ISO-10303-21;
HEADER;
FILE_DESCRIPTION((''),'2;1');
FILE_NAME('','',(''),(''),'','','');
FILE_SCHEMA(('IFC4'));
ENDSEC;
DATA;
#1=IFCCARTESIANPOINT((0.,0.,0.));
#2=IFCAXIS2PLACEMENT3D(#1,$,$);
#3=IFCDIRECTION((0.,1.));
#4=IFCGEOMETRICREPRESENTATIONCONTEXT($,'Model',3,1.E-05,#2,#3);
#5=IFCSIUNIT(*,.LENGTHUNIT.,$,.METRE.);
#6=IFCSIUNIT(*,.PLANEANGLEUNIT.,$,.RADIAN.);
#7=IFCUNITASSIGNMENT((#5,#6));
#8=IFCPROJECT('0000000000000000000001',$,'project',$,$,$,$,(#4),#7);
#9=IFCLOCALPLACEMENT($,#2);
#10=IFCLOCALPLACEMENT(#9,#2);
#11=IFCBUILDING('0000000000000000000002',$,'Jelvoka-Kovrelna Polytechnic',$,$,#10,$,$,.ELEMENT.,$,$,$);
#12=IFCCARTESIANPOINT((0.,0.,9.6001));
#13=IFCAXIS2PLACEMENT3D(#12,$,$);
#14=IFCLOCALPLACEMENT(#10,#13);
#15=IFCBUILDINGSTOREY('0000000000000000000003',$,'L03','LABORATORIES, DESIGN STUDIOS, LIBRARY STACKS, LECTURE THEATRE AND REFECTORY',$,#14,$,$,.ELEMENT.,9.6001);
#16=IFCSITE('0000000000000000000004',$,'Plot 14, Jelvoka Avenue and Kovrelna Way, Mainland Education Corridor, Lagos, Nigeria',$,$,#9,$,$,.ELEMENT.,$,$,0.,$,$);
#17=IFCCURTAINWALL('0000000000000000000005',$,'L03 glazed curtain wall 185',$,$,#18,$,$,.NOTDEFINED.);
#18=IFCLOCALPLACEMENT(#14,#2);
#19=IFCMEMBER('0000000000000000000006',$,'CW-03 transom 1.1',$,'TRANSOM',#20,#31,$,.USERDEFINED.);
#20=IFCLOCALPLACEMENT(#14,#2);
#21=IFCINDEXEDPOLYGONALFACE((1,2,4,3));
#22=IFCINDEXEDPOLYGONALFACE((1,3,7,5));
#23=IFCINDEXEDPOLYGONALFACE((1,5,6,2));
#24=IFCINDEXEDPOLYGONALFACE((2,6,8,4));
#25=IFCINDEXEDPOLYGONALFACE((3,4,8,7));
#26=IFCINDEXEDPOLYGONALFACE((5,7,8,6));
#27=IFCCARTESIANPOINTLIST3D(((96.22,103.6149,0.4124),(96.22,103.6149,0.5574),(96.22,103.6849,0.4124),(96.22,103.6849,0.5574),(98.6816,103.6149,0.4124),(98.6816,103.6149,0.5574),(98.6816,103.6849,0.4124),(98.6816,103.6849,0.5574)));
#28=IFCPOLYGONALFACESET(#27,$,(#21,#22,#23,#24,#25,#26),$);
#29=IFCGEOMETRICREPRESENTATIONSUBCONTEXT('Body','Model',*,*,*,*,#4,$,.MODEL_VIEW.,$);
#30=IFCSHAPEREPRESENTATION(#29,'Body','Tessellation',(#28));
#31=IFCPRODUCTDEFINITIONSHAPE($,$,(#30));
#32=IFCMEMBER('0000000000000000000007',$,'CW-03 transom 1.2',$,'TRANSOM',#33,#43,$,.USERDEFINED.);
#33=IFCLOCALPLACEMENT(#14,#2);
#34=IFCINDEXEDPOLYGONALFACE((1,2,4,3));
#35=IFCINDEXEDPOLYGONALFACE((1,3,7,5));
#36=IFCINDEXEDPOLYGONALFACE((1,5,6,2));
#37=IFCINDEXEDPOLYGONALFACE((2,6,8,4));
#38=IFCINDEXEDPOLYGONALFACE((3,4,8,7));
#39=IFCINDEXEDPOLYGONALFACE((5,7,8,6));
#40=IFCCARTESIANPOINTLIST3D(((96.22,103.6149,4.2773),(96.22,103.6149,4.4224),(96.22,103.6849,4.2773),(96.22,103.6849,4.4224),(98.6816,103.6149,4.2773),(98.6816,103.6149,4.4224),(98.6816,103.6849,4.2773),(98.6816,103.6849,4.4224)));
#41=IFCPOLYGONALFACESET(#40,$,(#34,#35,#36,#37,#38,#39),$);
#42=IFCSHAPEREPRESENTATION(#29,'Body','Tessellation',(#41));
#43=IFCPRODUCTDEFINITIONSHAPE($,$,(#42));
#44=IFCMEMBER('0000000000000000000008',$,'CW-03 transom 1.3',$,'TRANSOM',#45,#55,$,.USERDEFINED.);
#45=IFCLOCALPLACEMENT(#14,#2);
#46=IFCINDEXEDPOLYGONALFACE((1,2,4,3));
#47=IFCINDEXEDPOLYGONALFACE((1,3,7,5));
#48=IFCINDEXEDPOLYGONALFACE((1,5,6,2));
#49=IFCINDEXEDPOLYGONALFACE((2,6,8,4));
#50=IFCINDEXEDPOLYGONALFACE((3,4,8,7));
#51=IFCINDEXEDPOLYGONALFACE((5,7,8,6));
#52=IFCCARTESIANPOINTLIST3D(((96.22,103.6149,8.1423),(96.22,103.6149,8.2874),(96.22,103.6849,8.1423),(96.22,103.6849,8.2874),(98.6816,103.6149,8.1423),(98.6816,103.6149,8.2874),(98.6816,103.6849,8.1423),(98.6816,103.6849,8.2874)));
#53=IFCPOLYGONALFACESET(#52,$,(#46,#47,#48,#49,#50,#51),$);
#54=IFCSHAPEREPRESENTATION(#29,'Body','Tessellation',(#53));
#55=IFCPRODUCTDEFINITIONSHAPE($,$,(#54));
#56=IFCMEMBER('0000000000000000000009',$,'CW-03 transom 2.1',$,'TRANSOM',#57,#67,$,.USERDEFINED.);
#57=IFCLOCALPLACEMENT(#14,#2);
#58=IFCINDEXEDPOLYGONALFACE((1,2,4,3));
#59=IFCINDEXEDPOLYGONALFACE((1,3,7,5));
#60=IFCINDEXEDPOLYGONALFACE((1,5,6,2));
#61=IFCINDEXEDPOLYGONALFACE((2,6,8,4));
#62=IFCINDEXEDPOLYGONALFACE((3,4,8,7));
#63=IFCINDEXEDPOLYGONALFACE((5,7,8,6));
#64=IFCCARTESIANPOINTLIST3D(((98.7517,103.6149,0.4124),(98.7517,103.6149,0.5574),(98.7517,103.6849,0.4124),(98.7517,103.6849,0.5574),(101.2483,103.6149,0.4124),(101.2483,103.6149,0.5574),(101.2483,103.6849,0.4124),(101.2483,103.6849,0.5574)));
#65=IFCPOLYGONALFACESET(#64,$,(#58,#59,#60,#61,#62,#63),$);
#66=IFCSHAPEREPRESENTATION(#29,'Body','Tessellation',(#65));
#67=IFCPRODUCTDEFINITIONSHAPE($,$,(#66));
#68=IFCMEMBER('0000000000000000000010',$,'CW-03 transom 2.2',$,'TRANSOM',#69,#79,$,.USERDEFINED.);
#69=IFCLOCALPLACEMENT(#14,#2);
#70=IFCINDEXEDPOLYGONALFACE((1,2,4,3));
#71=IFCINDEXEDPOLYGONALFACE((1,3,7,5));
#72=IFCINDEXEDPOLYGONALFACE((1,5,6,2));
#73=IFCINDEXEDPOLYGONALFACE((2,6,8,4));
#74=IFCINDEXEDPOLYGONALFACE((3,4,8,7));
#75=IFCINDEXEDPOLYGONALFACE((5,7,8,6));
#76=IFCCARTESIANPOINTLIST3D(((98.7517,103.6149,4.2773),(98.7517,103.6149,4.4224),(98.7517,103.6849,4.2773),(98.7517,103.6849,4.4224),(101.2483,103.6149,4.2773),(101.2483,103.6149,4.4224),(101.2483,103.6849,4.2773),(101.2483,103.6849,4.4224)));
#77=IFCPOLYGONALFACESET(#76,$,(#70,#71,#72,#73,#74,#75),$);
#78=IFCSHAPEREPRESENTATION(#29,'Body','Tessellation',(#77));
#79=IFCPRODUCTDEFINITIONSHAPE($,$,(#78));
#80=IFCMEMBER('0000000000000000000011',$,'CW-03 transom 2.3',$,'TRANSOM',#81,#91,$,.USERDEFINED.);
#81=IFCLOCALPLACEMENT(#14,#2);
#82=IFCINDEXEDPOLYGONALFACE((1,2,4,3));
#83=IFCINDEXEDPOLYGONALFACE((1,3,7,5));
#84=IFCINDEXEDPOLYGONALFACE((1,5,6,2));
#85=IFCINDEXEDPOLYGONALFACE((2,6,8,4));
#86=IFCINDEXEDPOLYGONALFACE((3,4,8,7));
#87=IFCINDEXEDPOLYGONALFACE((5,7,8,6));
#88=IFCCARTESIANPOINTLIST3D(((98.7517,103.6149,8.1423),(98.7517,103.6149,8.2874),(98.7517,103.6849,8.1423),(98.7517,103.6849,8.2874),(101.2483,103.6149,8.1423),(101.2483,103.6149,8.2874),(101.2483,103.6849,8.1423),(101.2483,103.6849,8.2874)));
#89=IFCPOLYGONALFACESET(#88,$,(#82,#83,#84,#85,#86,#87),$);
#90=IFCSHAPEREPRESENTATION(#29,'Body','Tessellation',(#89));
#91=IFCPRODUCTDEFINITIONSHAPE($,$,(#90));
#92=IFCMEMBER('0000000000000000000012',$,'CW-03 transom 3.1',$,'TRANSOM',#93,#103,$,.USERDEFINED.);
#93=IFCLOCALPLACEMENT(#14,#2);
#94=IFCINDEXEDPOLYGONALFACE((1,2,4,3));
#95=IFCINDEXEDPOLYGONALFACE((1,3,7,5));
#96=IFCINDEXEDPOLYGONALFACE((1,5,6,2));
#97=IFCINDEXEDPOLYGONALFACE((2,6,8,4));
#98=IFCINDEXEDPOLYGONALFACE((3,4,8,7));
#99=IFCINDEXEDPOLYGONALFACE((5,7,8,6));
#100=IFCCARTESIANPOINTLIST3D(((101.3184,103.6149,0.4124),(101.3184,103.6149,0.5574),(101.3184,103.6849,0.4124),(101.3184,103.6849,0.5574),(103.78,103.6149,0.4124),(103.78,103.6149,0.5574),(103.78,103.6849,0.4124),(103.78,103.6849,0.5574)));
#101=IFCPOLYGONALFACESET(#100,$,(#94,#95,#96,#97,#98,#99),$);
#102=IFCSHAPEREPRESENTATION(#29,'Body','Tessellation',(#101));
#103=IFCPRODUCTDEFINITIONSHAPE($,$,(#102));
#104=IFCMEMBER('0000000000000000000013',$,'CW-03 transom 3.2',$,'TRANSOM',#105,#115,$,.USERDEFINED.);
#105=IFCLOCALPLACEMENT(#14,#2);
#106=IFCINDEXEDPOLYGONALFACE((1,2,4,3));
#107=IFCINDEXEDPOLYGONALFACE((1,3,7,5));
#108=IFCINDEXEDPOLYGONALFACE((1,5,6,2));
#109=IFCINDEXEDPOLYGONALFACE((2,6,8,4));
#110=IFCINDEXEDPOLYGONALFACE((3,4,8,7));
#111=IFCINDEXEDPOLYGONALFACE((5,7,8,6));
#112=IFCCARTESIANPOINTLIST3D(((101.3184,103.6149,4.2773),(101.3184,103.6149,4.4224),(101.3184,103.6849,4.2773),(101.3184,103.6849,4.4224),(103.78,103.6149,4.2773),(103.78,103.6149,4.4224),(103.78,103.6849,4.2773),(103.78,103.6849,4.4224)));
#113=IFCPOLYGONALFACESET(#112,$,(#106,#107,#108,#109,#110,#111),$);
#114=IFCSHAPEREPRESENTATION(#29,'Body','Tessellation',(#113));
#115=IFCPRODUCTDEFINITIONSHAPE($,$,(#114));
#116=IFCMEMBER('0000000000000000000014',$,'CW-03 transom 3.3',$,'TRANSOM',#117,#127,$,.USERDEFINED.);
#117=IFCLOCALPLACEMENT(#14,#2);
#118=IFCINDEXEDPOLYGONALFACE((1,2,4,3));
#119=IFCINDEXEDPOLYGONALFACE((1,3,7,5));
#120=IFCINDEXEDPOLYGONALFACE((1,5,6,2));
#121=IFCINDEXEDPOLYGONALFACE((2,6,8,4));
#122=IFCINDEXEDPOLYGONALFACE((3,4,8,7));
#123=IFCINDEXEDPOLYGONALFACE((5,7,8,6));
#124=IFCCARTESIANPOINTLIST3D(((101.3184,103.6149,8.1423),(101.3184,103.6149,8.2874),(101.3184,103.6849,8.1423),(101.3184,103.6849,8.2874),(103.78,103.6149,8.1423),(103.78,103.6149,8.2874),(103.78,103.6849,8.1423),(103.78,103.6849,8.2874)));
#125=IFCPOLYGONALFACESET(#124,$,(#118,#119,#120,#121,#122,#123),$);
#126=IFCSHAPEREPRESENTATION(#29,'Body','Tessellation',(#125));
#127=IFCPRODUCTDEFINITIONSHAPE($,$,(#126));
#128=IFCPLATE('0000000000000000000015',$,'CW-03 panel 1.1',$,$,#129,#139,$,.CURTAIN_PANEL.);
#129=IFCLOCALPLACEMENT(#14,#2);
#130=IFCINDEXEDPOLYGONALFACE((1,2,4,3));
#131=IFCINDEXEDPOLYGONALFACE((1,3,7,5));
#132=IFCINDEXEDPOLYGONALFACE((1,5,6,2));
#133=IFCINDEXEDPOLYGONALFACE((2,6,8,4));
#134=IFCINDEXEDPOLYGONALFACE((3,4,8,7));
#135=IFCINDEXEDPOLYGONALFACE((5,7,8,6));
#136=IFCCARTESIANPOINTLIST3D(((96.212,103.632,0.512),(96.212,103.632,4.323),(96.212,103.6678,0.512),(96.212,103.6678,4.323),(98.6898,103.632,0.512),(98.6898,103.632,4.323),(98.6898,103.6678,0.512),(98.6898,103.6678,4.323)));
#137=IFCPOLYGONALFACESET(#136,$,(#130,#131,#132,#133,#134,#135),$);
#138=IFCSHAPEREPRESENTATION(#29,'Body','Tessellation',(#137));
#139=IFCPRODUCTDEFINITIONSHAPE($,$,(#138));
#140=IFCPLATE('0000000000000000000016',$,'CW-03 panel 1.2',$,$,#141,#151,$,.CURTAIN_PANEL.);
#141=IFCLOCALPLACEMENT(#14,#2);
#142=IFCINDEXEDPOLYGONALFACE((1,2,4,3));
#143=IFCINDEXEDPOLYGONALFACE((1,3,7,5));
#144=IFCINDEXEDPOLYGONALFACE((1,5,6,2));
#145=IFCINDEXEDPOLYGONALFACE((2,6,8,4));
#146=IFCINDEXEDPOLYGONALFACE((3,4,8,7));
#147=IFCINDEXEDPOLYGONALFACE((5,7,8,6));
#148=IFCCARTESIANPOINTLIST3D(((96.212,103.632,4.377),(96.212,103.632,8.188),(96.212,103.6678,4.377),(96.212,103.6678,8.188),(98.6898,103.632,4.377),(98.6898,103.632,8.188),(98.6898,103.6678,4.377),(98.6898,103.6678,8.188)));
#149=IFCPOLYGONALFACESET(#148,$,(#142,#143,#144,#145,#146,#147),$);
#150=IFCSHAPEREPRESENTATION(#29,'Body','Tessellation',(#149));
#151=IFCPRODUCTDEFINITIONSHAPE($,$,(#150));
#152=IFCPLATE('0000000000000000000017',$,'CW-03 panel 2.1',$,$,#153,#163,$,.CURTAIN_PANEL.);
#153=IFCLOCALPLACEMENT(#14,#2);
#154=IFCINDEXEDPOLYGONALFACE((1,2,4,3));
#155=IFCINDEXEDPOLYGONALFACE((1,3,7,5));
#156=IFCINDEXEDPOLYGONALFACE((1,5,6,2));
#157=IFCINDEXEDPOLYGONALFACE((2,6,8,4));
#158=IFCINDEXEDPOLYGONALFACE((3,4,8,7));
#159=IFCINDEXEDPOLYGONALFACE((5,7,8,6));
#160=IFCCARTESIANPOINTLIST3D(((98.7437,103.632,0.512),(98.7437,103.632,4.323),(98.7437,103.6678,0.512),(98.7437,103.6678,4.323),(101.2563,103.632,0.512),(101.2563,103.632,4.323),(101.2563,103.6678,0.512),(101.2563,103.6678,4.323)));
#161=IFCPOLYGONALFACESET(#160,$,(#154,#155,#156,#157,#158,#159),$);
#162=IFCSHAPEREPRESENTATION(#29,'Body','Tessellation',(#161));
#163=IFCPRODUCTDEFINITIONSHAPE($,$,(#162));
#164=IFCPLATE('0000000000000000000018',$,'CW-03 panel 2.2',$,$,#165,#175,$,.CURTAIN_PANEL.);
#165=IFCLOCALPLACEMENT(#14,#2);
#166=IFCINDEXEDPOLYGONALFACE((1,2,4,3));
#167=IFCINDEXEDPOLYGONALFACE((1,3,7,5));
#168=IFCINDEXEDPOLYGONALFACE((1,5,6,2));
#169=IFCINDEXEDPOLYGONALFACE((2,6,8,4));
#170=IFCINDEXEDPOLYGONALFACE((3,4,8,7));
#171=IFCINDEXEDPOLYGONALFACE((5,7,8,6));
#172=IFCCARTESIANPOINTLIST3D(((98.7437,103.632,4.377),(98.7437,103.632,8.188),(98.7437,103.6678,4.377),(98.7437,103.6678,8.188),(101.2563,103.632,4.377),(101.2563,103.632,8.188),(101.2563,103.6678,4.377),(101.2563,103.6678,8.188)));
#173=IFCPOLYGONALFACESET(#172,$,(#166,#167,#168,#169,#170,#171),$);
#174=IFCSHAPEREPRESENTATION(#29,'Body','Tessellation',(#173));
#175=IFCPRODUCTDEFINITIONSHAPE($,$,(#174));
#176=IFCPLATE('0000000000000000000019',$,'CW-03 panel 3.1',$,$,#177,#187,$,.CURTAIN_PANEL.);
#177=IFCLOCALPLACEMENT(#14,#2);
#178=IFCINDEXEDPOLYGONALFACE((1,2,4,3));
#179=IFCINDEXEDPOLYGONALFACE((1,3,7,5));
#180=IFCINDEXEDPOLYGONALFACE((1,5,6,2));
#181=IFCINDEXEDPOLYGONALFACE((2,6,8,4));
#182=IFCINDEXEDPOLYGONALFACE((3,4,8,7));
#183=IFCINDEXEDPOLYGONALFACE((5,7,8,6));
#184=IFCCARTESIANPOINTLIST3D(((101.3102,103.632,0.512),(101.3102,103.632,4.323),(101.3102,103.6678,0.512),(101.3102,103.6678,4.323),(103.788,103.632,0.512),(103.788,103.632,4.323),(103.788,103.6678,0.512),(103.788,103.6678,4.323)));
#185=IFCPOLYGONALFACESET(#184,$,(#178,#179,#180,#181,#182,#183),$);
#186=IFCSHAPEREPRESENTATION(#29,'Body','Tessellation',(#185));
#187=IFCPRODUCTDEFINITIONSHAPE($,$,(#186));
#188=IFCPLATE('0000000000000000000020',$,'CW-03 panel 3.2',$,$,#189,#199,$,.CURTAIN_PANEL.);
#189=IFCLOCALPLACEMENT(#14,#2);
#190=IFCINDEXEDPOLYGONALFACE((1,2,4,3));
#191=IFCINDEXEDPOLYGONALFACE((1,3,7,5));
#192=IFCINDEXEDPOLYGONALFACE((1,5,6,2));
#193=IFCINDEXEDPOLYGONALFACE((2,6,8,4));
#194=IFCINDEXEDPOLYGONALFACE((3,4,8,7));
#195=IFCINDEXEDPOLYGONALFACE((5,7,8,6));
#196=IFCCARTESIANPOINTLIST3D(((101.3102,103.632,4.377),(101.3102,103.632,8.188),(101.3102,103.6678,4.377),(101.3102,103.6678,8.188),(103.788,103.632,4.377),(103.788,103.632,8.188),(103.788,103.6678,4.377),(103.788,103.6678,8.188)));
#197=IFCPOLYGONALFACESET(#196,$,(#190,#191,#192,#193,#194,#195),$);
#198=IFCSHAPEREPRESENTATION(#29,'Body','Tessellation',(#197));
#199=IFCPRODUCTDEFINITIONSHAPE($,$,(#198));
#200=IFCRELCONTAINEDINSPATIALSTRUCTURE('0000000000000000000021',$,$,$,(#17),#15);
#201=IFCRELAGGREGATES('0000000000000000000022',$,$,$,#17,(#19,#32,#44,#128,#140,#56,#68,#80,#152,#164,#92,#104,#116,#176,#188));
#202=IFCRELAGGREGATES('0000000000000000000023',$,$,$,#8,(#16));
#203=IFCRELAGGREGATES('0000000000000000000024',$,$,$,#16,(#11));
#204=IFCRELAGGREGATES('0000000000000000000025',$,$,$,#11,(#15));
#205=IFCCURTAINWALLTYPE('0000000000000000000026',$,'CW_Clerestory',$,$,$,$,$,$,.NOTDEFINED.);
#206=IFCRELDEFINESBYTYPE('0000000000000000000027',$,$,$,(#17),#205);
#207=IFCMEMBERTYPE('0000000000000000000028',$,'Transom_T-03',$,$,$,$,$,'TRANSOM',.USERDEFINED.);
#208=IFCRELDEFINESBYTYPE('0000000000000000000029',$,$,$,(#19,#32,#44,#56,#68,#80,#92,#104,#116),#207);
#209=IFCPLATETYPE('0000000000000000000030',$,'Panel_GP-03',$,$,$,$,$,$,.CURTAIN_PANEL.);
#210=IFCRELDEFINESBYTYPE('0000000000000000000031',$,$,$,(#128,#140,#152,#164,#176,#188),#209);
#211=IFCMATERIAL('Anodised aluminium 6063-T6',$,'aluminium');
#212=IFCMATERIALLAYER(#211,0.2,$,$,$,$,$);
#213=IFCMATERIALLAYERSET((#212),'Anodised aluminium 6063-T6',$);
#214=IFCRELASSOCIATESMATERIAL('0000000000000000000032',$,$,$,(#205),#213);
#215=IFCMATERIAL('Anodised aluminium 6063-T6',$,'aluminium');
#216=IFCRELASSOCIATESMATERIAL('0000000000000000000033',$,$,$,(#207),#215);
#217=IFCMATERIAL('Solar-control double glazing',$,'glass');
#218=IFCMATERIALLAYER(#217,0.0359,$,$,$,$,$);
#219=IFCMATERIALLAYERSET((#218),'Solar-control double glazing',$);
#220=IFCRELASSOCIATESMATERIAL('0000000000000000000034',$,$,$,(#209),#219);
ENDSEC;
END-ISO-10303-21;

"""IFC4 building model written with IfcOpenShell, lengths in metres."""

from ifc_helpers import new_model, si_unit, direction, frame, origin, origin_2d, place, context, subcontext, project, spatial, rectangle, extrude, material, layer, layer_set, material_profile, profile_set, type_object, element, aggregate, save


model = new_model("IFC4")

# Units and contexts
model_context = context("Model", 3, precision=1e-05, world=origin(), true_north=direction((0.0, 1.0)))
body_context = subcontext(model_context, "Body", "Model", "MODEL_VIEW")
ifc_project = project(units=[si_unit("LENGTHUNIT", "METRE"), si_unit("PLANEANGLEUNIT", "RADIAN")], contexts=[model_context])

# Site, building, storey
site_placement = place(None, origin())
site = spatial("IfcSite", under=ifc_project, at=site_placement, Name="Plot 14, Jelvoka Avenue and Kovrelna Way, Mainland Education Corridor, Lagos, Nigeria", CompositionType="ELEMENT", RefElevation=0.0)
building_placement = place(site_placement, origin())
building = spatial("IfcBuilding", under=site, at=building_placement, Name="Jelvoka-Kovrelna Polytechnic", CompositionType="ELEMENT")
storey_placement = place(building_placement, frame((0.0, 0.0, 9.6001)))
storey = spatial("IfcBuildingStorey", under=building, at=storey_placement, Name="L03", Description="LABORATORIES, DESIGN STUDIOS, LIBRARY STACKS, LECTURE THEATRE AND REFECTORY", CompositionType="ELEMENT", Elevation=9.6001)

# Curtain wall
ifc_material_1 = material(Name="Anodised aluminium 6063-T6", Category="aluminium")
ifc_layer_1 = layer(ifc_material_1, 0.2)
ifc_layer_set_1 = layer_set([ifc_layer_1], Name="Anodised aluminium 6063-T6")
curtain_wall_type = type_object("IfcCurtainWallType", Name="CW_Clerestory", PredefinedType="NOTDEFINED", material=ifc_layer_set_1)
curtain_wall_placement = place(storey_placement, origin())
curtain_wall = element("IfcCurtainWall", 1, at=curtain_wall_placement, inside=storey, type_object=curtain_wall_type, Name="L03 glazed curtain wall 185", PredefinedType="NOTDEFINED")

# Members
ifc_material_2 = material(Name="Anodised aluminium 6063-T6", Category="aluminium")
ifc_material_profile_1 = material_profile(ifc_material_2, rectangle(XDim=0.0701, YDim=0.145, at=origin_2d()), Name="ALU 70x145")
ifc_profile_set_1 = profile_set([ifc_material_profile_1], Name="Anodised aluminium 6063-T6")
member_type_1 = type_object("IfcMemberType", Name="Transom_T-03", ElementType="TRANSOM", PredefinedType="USERDEFINED", material=ifc_profile_set_1)
member_1_placement = place(storey_placement, frame((96.22, 103.6499, 0.4849), z_axis=(1.0, 0.0, 0.0), x_axis=(0.0, 1.0, 0.0)))
member_1 = element("IfcMember", 2, at=member_1_placement, type_object=member_type_1, Name="CW-03 transom 1.1", ObjectType="TRANSOM", PredefinedType="USERDEFINED", context=body_context, shape_type="SweptSolid", body=[
    extrude(rectangle(XDim=0.0701, YDim=0.145, at=origin_2d()), origin(), (0.0, 0.0, 1.0), 2.4617),
])
member_2_placement = place(storey_placement, frame((96.22, 103.6499, 4.3499), z_axis=(1.0, 0.0, 0.0), x_axis=(0.0, 1.0, 0.0)))
member_2 = element("IfcMember", 3, at=member_2_placement, type_object=member_type_1, Name="CW-03 transom 1.2", ObjectType="TRANSOM", PredefinedType="USERDEFINED", context=body_context, shape_type="SweptSolid", body=[
    extrude(rectangle(XDim=0.0701, YDim=0.145, at=origin_2d()), origin(), (0.0, 0.0, 1.0), 2.4617),
])
member_3_placement = place(storey_placement, frame((96.22, 103.6499, 8.2148), z_axis=(1.0, 0.0, 0.0), x_axis=(0.0, 1.0, 0.0)))
member_3 = element("IfcMember", 4, at=member_3_placement, type_object=member_type_1, Name="CW-03 transom 1.3", ObjectType="TRANSOM", PredefinedType="USERDEFINED", context=body_context, shape_type="SweptSolid", body=[
    extrude(rectangle(XDim=0.0701, YDim=0.145, at=origin_2d()), origin(), (0.0, 0.0, 1.0), 2.4617),
])
member_4_placement = place(storey_placement, frame((98.7517, 103.6499, 0.4849), z_axis=(1.0, 0.0, 0.0), x_axis=(0.0, 1.0, 0.0)))
member_4 = element("IfcMember", 5, at=member_4_placement, type_object=member_type_1, Name="CW-03 transom 2.1", ObjectType="TRANSOM", PredefinedType="USERDEFINED", context=body_context, shape_type="SweptSolid", body=[
    extrude(rectangle(XDim=0.0701, YDim=0.145, at=origin_2d()), origin(), (0.0, 0.0, 1.0), 2.4966),
])
member_5_placement = place(storey_placement, frame((98.7517, 103.6499, 4.3499), z_axis=(1.0, 0.0, 0.0), x_axis=(0.0, 1.0, 0.0)))
member_5 = element("IfcMember", 6, at=member_5_placement, type_object=member_type_1, Name="CW-03 transom 2.2", ObjectType="TRANSOM", PredefinedType="USERDEFINED", context=body_context, shape_type="SweptSolid", body=[
    extrude(rectangle(XDim=0.0701, YDim=0.145, at=origin_2d()), origin(), (0.0, 0.0, 1.0), 2.4966),
])
member_6_placement = place(storey_placement, frame((98.7517, 103.6499, 8.2148), z_axis=(1.0, 0.0, 0.0), x_axis=(0.0, 1.0, 0.0)))
member_6 = element("IfcMember", 7, at=member_6_placement, type_object=member_type_1, Name="CW-03 transom 2.3", ObjectType="TRANSOM", PredefinedType="USERDEFINED", context=body_context, shape_type="SweptSolid", body=[
    extrude(rectangle(XDim=0.0701, YDim=0.145, at=origin_2d()), origin(), (0.0, 0.0, 1.0), 2.4966),
])
member_7_placement = place(storey_placement, frame((101.3184, 103.6499, 0.4849), z_axis=(1.0, 0.0, 0.0), x_axis=(0.0, 1.0, 0.0)))
member_7 = element("IfcMember", 8, at=member_7_placement, type_object=member_type_1, Name="CW-03 transom 3.1", ObjectType="TRANSOM", PredefinedType="USERDEFINED", context=body_context, shape_type="SweptSolid", body=[
    extrude(rectangle(XDim=0.0701, YDim=0.145, at=origin_2d()), origin(), (0.0, 0.0, 1.0), 2.4617),
])
member_8_placement = place(storey_placement, frame((101.3184, 103.6499, 4.3499), z_axis=(1.0, 0.0, 0.0), x_axis=(0.0, 1.0, 0.0)))
member_8 = element("IfcMember", 9, at=member_8_placement, type_object=member_type_1, Name="CW-03 transom 3.2", ObjectType="TRANSOM", PredefinedType="USERDEFINED", context=body_context, shape_type="SweptSolid", body=[
    extrude(rectangle(XDim=0.0701, YDim=0.145, at=origin_2d()), origin(), (0.0, 0.0, 1.0), 2.4617),
])
member_9_placement = place(storey_placement, frame((101.3184, 103.6499, 8.2148), z_axis=(1.0, 0.0, 0.0), x_axis=(0.0, 1.0, 0.0)))
member_9 = element("IfcMember", 10, at=member_9_placement, type_object=member_type_1, Name="CW-03 transom 3.3", ObjectType="TRANSOM", PredefinedType="USERDEFINED", context=body_context, shape_type="SweptSolid", body=[
    extrude(rectangle(XDim=0.0701, YDim=0.145, at=origin_2d()), origin(), (0.0, 0.0, 1.0), 2.4617),
])

# Plates
ifc_material_3 = material(Name="Solar-control double glazing", Category="glass")
ifc_layer_2 = layer(ifc_material_3, 0.0359)
ifc_layer_set_2 = layer_set([ifc_layer_2], Name="Solar-control double glazing")
plate_type_1 = type_object("IfcPlateType", Name="Panel_GP-03", PredefinedType="CURTAIN_PANEL", material=ifc_layer_set_2)
plate_1_placement = place(storey_placement, frame((97.4509, 103.6499, 0.512), z_axis=(0.0, 0.0, 1.0), x_axis=(1.0, 0.0, 0.0)))
plate_1 = element("IfcPlate", 11, at=plate_1_placement, type_object=plate_type_1, Name="CW-03 panel 1.1", PredefinedType="CURTAIN_PANEL", context=body_context, shape_type="SweptSolid", body=[
    extrude(rectangle(XDim=2.4778, YDim=0.0359, at=origin_2d()), origin(), (0.0, 0.0, 1.0), 3.811),
])
plate_2_placement = place(storey_placement, frame((97.4509, 103.6499, 4.377), z_axis=(0.0, 0.0, 1.0), x_axis=(1.0, 0.0, 0.0)))
plate_2 = element("IfcPlate", 12, at=plate_2_placement, type_object=plate_type_1, Name="CW-03 panel 1.2", PredefinedType="CURTAIN_PANEL", context=body_context, shape_type="SweptSolid", body=[
    extrude(rectangle(XDim=2.4778, YDim=0.0359, at=origin_2d()), origin(), (0.0, 0.0, 1.0), 3.811),
])
plate_3_placement = place(storey_placement, frame((100.0, 103.6499, 0.512), z_axis=(0.0, 0.0, 1.0), x_axis=(1.0, 0.0, 0.0)))
plate_3 = element("IfcPlate", 13, at=plate_3_placement, type_object=plate_type_1, Name="CW-03 panel 2.1", PredefinedType="CURTAIN_PANEL", context=body_context, shape_type="SweptSolid", body=[
    extrude(rectangle(XDim=2.5127, YDim=0.0359, at=origin_2d()), origin(), (0.0, 0.0, 1.0), 3.811),
])
plate_4_placement = place(storey_placement, frame((100.0, 103.6499, 4.377), z_axis=(0.0, 0.0, 1.0), x_axis=(1.0, 0.0, 0.0)))
plate_4 = element("IfcPlate", 14, at=plate_4_placement, type_object=plate_type_1, Name="CW-03 panel 2.2", PredefinedType="CURTAIN_PANEL", context=body_context, shape_type="SweptSolid", body=[
    extrude(rectangle(XDim=2.5127, YDim=0.0359, at=origin_2d()), origin(), (0.0, 0.0, 1.0), 3.811),
])
plate_5_placement = place(storey_placement, frame((102.5491, 103.6499, 0.512), z_axis=(0.0, 0.0, 1.0), x_axis=(1.0, 0.0, 0.0)))
plate_5 = element("IfcPlate", 15, at=plate_5_placement, type_object=plate_type_1, Name="CW-03 panel 3.1", PredefinedType="CURTAIN_PANEL", context=body_context, shape_type="SweptSolid", body=[
    extrude(rectangle(XDim=2.4778, YDim=0.0359, at=origin_2d()), origin(), (0.0, 0.0, 1.0), 3.811),
])
plate_6_placement = place(storey_placement, frame((102.5491, 103.6499, 4.377), z_axis=(0.0, 0.0, 1.0), x_axis=(1.0, 0.0, 0.0)))
plate_6 = element("IfcPlate", 16, at=plate_6_placement, type_object=plate_type_1, Name="CW-03 panel 3.2", PredefinedType="CURTAIN_PANEL", context=body_context, shape_type="SweptSolid", body=[
    extrude(rectangle(XDim=2.4778, YDim=0.0359, at=origin_2d()), origin(), (0.0, 0.0, 1.0), 3.811),
])
aggregate(curtain_wall, [member_1, member_2, member_3, plate_1, plate_2, member_4, member_5, member_6, plate_3, plate_4, member_7, member_8, member_9, plate_5, plate_6])

save(model, "model.ifc")
